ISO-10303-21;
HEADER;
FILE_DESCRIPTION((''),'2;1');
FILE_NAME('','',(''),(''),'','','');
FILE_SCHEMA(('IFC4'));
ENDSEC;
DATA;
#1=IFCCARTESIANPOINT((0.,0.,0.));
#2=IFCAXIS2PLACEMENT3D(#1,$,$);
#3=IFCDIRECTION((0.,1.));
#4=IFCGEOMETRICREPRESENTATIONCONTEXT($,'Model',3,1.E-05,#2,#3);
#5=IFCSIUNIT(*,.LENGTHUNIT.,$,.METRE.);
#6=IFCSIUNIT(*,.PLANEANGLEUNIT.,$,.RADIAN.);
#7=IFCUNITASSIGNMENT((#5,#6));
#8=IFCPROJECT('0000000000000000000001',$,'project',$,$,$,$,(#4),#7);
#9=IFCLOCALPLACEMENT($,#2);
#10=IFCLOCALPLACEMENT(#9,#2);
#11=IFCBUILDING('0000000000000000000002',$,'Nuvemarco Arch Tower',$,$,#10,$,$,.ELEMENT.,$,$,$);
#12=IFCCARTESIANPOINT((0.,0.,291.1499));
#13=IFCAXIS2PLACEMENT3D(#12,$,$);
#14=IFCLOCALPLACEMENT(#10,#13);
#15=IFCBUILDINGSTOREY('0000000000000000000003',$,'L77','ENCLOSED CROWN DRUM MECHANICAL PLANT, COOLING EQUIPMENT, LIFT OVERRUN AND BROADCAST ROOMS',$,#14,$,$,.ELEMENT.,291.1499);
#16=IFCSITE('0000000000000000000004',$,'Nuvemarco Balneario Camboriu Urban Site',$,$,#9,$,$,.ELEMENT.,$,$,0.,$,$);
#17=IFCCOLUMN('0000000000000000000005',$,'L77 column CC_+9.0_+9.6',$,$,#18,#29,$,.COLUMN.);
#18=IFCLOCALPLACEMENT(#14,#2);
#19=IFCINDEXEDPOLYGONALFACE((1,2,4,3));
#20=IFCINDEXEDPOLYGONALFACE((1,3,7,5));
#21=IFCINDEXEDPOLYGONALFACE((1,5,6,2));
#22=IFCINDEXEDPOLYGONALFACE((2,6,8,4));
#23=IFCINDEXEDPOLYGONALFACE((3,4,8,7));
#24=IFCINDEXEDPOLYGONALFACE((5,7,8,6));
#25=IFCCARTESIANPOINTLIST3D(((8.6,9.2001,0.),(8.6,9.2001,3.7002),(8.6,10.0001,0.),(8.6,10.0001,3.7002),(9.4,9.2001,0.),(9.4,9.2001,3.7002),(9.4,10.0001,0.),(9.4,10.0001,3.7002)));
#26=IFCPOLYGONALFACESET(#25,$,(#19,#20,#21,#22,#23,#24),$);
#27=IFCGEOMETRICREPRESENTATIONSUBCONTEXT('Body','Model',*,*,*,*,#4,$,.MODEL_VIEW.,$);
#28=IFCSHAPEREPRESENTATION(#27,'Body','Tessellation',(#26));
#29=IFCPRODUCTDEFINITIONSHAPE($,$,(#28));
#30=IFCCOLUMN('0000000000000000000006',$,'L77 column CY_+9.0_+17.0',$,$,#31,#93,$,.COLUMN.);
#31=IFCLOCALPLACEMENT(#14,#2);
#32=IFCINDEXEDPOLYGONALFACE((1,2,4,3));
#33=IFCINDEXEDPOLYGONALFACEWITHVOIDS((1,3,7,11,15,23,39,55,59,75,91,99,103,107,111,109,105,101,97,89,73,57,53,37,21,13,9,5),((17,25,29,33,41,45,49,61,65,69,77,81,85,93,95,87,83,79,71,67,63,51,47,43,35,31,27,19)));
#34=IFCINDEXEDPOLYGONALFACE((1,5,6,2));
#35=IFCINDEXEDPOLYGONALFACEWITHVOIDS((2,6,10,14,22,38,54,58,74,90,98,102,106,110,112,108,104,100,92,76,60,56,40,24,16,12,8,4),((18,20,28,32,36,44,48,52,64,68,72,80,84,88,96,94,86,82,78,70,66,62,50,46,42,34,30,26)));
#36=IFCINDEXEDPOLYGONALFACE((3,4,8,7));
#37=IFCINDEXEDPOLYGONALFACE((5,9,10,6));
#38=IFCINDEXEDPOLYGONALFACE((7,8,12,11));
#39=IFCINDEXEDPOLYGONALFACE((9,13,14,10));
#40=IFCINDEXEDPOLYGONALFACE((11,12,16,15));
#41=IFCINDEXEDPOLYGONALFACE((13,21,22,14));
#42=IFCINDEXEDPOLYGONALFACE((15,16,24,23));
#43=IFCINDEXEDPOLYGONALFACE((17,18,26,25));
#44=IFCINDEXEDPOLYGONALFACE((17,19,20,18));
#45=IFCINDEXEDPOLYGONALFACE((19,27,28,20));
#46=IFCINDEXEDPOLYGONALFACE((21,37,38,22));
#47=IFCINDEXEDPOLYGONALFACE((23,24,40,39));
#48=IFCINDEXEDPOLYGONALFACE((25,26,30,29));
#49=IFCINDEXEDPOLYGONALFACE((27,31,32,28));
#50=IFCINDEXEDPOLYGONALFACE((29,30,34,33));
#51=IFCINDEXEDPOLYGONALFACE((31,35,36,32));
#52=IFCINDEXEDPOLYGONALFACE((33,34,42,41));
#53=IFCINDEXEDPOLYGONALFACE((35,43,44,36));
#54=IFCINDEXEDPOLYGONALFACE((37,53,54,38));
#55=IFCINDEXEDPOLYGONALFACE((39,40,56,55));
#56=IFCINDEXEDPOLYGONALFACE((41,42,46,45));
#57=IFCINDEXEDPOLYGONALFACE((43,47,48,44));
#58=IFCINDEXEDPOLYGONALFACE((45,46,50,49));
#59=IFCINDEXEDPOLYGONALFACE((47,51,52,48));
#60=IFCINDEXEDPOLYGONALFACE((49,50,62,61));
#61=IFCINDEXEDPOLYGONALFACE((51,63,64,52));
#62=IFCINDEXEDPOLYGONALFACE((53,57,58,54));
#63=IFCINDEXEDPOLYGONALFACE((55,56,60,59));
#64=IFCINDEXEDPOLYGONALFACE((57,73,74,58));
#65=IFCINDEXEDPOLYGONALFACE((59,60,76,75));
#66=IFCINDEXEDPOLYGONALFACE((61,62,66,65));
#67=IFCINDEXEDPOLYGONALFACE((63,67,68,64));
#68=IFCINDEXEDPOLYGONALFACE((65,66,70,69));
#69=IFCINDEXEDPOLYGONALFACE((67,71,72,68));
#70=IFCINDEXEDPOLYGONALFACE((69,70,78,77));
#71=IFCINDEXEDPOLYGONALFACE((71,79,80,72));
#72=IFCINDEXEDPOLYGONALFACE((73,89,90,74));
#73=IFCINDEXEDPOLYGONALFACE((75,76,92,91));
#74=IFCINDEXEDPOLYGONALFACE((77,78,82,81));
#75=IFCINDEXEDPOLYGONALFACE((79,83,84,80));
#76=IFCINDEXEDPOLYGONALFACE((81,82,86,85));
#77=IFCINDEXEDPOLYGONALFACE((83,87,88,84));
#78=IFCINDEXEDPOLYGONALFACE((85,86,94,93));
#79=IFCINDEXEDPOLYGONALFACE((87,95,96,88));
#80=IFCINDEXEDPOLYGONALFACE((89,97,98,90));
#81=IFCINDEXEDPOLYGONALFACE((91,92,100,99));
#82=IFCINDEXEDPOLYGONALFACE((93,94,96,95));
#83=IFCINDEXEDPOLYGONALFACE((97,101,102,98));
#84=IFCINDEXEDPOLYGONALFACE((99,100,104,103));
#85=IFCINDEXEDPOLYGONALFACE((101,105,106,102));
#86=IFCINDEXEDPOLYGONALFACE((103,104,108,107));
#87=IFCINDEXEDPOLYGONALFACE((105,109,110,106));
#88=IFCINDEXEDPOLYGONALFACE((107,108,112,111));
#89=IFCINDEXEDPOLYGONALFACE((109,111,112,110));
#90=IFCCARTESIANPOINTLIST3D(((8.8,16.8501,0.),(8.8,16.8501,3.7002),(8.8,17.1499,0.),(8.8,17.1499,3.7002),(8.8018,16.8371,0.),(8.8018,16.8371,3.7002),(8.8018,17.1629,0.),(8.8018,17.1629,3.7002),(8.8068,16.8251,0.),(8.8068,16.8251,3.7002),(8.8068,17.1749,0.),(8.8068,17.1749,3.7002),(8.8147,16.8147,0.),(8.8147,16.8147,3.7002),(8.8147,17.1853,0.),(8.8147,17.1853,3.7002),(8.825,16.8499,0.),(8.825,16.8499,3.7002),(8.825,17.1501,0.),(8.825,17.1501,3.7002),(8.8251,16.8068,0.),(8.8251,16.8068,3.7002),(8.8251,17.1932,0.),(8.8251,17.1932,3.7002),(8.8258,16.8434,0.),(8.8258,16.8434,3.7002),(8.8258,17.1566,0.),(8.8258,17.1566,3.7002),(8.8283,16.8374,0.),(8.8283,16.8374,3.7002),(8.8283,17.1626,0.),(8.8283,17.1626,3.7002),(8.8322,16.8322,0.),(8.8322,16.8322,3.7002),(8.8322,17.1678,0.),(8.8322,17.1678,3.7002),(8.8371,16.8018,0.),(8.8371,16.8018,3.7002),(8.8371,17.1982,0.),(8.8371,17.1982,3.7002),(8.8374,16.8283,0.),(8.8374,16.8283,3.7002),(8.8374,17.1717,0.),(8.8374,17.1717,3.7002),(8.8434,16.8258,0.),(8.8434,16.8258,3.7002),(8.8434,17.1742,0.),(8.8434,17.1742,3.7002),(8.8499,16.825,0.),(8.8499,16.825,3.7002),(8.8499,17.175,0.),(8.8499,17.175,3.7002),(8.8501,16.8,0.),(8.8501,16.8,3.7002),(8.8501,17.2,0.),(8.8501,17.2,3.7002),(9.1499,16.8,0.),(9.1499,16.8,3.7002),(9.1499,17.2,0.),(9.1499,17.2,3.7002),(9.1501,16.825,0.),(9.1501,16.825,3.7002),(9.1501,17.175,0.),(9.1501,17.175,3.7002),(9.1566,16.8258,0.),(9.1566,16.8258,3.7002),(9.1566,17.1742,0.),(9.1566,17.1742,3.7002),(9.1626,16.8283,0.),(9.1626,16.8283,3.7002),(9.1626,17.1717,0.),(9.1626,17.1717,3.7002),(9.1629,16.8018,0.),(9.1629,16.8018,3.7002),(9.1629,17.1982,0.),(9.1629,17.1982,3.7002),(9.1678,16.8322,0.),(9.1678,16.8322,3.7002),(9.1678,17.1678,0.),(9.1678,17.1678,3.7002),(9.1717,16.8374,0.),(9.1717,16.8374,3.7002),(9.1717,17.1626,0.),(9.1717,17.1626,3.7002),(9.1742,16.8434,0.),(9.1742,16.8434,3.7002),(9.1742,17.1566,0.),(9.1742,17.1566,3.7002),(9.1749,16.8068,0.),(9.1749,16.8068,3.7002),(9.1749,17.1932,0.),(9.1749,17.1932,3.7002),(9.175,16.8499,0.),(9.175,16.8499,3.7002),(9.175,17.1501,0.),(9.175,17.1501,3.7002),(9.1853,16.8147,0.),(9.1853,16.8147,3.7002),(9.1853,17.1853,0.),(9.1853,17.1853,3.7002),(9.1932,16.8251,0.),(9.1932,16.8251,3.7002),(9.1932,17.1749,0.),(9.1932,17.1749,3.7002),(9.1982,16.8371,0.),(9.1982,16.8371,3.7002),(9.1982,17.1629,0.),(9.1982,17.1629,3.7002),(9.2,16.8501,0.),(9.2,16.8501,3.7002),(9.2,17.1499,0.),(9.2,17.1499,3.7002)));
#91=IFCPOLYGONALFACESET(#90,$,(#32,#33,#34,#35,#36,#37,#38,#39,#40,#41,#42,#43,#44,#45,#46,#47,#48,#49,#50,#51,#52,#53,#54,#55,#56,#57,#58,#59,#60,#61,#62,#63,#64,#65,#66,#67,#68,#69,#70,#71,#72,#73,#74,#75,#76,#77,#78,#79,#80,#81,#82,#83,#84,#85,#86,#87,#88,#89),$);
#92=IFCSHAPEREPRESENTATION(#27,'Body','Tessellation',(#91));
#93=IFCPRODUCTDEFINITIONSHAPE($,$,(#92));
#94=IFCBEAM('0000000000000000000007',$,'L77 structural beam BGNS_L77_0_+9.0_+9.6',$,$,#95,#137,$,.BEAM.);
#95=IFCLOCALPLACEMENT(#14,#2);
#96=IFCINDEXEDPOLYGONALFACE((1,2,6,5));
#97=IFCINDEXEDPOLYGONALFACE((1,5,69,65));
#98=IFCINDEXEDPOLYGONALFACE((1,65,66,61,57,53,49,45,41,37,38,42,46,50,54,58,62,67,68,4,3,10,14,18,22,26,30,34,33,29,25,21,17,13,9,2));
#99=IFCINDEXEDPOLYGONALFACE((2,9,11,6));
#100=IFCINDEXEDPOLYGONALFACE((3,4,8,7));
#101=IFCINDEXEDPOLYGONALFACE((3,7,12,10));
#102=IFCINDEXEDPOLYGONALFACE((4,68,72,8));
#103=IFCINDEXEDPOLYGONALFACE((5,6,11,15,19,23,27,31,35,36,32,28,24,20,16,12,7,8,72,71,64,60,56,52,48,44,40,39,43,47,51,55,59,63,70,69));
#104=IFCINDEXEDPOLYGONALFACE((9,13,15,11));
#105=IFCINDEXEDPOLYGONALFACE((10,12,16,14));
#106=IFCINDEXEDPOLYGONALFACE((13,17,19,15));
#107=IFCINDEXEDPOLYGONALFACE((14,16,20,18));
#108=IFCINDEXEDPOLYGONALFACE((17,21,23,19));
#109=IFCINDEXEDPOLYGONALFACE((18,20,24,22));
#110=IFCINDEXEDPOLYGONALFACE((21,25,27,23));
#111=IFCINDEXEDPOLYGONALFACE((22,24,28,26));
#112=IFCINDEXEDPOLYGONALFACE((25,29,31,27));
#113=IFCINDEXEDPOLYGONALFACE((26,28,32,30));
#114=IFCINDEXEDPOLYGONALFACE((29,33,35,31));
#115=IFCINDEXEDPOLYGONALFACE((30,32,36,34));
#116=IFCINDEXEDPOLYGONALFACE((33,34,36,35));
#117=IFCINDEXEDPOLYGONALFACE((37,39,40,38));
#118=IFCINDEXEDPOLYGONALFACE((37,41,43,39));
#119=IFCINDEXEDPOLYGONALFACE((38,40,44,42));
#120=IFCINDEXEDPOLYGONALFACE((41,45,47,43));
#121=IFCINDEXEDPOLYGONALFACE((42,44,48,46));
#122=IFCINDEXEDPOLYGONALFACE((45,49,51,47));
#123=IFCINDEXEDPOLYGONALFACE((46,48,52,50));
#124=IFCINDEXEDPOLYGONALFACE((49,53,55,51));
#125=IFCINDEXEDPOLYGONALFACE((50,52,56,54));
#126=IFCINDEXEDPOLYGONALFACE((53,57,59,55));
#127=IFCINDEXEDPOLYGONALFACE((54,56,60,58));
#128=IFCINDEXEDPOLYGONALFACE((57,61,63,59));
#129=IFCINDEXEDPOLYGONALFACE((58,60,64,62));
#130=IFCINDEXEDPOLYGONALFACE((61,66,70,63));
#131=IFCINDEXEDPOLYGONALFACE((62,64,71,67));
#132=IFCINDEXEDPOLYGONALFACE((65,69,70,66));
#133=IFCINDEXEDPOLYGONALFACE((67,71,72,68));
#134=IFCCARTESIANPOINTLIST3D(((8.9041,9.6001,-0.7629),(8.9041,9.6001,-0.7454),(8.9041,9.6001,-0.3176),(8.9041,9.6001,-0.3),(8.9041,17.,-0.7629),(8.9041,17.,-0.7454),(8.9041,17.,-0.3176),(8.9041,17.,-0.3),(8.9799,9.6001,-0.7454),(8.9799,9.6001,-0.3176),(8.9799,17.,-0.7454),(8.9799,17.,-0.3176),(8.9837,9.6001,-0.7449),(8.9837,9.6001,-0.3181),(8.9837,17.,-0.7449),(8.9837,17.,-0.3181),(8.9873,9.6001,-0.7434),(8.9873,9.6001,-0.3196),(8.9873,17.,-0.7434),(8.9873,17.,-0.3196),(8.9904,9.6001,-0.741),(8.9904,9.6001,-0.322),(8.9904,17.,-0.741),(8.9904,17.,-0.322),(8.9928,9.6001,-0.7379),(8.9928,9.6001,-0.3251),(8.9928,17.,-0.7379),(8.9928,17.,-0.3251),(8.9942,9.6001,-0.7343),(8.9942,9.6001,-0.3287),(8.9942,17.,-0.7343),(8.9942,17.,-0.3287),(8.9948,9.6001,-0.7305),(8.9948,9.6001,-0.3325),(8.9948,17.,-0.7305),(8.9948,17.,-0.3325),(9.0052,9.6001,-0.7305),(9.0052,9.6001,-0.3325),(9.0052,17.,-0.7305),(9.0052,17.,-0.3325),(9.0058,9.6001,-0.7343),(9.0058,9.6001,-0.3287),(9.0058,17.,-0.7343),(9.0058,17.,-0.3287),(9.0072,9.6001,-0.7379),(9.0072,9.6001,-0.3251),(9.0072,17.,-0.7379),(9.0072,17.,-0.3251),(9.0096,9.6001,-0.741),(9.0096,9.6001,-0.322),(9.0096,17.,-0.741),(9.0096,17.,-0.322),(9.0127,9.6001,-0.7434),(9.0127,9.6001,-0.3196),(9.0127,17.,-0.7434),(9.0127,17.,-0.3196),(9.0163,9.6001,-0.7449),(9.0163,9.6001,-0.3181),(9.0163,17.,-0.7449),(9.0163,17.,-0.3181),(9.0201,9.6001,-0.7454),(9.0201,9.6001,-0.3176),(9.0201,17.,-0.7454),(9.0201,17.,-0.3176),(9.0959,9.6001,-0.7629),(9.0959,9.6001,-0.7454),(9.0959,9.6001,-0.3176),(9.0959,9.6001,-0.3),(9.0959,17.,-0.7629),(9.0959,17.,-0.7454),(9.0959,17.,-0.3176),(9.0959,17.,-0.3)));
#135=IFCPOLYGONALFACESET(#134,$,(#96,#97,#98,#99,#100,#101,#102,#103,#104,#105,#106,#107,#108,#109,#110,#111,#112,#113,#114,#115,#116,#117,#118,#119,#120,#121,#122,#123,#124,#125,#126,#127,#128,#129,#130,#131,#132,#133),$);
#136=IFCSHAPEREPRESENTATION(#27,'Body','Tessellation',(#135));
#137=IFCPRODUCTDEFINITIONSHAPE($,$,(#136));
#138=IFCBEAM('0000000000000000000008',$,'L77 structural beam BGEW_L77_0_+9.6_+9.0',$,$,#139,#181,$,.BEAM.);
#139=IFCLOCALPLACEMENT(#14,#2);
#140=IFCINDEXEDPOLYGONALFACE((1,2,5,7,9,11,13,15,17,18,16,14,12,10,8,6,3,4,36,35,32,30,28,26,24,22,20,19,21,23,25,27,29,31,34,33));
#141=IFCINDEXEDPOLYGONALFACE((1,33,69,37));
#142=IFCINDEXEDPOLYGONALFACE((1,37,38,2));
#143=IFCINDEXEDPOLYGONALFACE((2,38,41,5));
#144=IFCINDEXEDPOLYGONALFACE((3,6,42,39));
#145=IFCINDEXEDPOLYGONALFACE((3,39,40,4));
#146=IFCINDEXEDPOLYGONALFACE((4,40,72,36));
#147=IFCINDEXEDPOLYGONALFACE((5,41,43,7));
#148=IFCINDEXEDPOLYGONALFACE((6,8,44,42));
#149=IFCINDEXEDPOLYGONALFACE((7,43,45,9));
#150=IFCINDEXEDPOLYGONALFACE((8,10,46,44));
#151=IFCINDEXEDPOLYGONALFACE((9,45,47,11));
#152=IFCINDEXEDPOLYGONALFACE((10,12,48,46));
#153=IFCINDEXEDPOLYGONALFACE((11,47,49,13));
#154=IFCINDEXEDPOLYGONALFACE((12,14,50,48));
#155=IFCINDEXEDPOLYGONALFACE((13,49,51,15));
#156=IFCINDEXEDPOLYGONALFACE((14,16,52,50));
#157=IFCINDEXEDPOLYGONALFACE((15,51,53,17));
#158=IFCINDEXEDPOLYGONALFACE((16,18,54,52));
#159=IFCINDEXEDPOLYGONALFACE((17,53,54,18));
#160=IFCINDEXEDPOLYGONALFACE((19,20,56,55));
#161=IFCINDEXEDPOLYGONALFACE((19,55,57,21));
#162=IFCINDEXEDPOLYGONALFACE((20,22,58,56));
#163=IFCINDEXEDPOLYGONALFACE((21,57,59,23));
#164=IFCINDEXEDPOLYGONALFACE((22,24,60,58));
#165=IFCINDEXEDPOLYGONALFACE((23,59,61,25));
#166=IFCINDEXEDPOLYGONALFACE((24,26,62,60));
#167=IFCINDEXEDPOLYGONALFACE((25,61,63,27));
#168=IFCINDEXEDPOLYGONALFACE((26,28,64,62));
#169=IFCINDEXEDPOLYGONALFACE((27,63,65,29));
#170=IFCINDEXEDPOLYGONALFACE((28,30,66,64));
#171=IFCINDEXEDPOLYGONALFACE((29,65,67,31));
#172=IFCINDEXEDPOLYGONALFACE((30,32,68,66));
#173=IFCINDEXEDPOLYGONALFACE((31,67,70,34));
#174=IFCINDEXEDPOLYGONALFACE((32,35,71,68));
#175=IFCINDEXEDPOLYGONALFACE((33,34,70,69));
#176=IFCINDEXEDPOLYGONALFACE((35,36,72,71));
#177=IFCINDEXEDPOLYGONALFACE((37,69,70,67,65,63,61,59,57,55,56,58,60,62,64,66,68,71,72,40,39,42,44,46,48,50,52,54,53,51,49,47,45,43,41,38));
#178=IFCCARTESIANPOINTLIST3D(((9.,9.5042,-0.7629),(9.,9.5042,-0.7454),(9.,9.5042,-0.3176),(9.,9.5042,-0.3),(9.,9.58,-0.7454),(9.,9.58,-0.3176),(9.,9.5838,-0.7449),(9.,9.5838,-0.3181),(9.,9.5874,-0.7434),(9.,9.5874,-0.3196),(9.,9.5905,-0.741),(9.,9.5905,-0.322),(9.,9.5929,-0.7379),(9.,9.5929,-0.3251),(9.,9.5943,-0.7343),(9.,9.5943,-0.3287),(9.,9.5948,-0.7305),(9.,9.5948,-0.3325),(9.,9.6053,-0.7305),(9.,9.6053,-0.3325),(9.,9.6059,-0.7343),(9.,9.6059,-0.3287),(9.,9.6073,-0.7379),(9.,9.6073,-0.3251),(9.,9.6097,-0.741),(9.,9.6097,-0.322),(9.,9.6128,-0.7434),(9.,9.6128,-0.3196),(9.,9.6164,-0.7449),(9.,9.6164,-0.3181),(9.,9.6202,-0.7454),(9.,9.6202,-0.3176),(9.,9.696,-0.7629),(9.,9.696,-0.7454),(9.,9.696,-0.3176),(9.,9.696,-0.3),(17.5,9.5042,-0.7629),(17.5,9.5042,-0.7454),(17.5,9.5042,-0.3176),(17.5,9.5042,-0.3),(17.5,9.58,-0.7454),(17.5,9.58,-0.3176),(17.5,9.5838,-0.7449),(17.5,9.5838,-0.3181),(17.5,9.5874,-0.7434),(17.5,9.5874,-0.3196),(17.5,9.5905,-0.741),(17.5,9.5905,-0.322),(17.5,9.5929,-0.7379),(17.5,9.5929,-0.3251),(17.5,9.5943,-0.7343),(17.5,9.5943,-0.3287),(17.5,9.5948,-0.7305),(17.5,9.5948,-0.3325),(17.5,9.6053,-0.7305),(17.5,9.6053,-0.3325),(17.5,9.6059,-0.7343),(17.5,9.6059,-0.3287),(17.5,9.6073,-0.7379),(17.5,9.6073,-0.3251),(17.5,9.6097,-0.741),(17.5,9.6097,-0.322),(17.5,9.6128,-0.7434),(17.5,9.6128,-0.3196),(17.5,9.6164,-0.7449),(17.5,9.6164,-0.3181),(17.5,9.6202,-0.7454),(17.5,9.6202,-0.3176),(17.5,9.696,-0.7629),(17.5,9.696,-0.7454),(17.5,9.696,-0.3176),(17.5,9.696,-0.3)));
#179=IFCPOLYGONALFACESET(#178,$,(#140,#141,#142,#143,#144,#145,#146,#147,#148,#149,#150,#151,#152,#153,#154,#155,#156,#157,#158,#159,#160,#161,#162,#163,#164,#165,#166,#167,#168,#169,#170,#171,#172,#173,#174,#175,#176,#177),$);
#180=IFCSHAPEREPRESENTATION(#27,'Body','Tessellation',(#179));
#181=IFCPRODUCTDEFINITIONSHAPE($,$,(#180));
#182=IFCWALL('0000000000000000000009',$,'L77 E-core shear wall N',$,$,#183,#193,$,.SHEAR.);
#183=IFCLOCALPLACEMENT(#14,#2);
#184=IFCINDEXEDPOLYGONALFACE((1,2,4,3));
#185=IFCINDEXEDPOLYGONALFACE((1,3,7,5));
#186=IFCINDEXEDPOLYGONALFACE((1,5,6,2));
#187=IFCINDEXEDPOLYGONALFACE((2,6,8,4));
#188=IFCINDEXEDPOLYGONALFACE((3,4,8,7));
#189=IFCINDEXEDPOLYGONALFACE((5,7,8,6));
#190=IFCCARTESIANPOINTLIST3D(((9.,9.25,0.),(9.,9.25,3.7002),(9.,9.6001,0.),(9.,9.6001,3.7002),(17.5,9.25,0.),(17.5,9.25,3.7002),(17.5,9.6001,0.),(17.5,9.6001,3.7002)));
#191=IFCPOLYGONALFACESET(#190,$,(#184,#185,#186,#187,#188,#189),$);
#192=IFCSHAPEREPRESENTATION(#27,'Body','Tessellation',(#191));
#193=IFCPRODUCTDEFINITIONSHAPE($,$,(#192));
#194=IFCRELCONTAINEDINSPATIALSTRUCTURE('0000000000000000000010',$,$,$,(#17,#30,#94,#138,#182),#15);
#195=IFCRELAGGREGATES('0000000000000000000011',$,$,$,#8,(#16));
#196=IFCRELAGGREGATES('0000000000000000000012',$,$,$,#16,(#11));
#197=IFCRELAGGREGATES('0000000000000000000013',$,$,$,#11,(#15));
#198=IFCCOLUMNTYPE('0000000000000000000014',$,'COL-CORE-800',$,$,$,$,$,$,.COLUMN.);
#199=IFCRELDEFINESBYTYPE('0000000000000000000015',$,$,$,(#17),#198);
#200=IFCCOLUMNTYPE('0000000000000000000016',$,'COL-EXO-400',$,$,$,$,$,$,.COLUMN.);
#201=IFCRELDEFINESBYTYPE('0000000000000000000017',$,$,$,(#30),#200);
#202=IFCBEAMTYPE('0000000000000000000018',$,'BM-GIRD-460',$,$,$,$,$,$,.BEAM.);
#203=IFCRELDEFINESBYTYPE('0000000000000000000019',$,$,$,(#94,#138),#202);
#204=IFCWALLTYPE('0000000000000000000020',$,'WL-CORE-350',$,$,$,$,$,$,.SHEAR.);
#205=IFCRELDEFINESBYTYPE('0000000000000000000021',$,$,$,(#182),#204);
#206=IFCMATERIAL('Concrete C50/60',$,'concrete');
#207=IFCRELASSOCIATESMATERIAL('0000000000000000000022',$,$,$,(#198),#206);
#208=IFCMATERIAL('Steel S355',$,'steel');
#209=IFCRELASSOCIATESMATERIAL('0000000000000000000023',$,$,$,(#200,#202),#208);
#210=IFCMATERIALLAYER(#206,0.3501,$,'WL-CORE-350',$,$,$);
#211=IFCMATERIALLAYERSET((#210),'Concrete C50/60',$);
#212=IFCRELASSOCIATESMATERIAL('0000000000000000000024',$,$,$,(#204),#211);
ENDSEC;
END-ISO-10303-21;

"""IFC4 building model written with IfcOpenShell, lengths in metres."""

from ifc_helpers import new_model, si_unit, direction, frame, frame_2d, origin, origin_2d, place, context, subcontext, project, spatial, rectangle, hollow_rectangle, i_section, extrude, material, layer, layer_set, material_profile, profile_set, type_object, element, save


model = new_model("IFC4")

# Units and contexts
model_context = context("Model", 3, precision=1e-05, world=origin(), true_north=direction((0.0, 1.0)))
body_context = subcontext(model_context, "Body", "Model", "MODEL_VIEW")
ifc_project = project(units=[si_unit("LENGTHUNIT", "METRE"), si_unit("PLANEANGLEUNIT", "RADIAN")], contexts=[model_context])

# Site, building, storey
site_placement = place(None, origin())
site = spatial("IfcSite", under=ifc_project, at=site_placement, Name="Nuvemarco Balneario Camboriu Urban Site", CompositionType="ELEMENT", RefElevation=0.0)
building_placement = place(site_placement, origin())
building = spatial("IfcBuilding", under=site, at=building_placement, Name="Nuvemarco Arch Tower", CompositionType="ELEMENT")
storey_placement = place(building_placement, frame((0.0, 0.0, 291.1499)))
storey = spatial("IfcBuildingStorey", under=building, at=storey_placement, Name="L77", Description="ENCLOSED CROWN DRUM MECHANICAL PLANT, COOLING EQUIPMENT, LIFT OVERRUN AND BROADCAST ROOMS", CompositionType="ELEMENT", Elevation=291.1499)

# Columns
ifc_material_1 = material(Name="Concrete C50/60", Category="concrete")
ifc_material_profile_1 = material_profile(ifc_material_1, rectangle(XDim=0.8, YDim=0.8, at=origin_2d()), Name="RC-COL-800x800")
ifc_profile_set_1 = profile_set([ifc_material_profile_1], Name="Concrete C50/60")
column_type_1 = type_object("IfcColumnType", Name="COL-CORE-800", PredefinedType="COLUMN", material=ifc_profile_set_1)
column_1_placement = place(storey_placement, frame((9.0, 9.6001, 0.0), z_axis=(0.0, 0.0, 1.0), x_axis=(1.0, 0.0, 0.0)))
element("IfcColumn", 1, at=column_1_placement, inside=storey, type_object=column_type_1, Name="L77 column CC_+9.0_+9.6", PredefinedType="COLUMN", context=body_context, shape_type="SweptSolid", body=[
    extrude(rectangle(XDim=0.8, YDim=0.8, at=origin_2d()), origin(), (0.0, 0.0, 1.0), 3.7002),
])
ifc_material_2 = material(Name="Steel S355", Category="steel")
ifc_material_profile_2 = material_profile(ifc_material_2, hollow_rectangle(XDim=0.3999, YDim=0.3999, WallThickness=0.0249, InnerFilletRadius=0.0249, OuterFilletRadius=0.05, at=origin_2d()), Name="SHS400x400x25")
ifc_profile_set_2 = profile_set([ifc_material_profile_2], Name="Steel S355")
column_type_2 = type_object("IfcColumnType", Name="COL-EXO-400", PredefinedType="COLUMN", material=ifc_profile_set_2)
column_2_placement = place(storey_placement, frame((9.0, 17.0, 0.0), z_axis=(0.0, 0.0, 1.0), x_axis=(1.0, 0.0, 0.0)))
element("IfcColumn", 2, at=column_2_placement, inside=storey, type_object=column_type_2, Name="L77 column CY_+9.0_+17.0", PredefinedType="COLUMN", context=body_context, shape_type="SweptSolid", body=[
    extrude(hollow_rectangle(XDim=0.3999, YDim=0.3999, WallThickness=0.0249, InnerFilletRadius=0.0249, OuterFilletRadius=0.05, at=origin_2d()), origin(), (0.0, 0.0, 1.0), 3.7002),
])

# Beams
ifc_material_profile_3 = material_profile(ifc_material_2, i_section(OverallWidth=0.1919, OverallDepth=0.4629, WebThickness=0.0105, FlangeThickness=0.0176, FilletRadius=0.0149, at=origin_2d()), Name="W460x89")
ifc_profile_set_3 = profile_set([ifc_material_profile_3], Name="Steel S355")
beam_type = type_object("IfcBeamType", Name="BM-GIRD-460", PredefinedType="BEAM", material=ifc_profile_set_3)
beam_1_placement = place(storey_placement, frame((9.0, 9.6001, -0.5315), z_axis=(0.0, 1.0, 0.0), x_axis=(-1.0, 0.0, 0.0)))
element("IfcBeam", 3, at=beam_1_placement, inside=storey, type_object=beam_type, Name="L77 structural beam BGNS_L77_0_+9.0_+9.6", PredefinedType="BEAM", context=body_context, shape_type="SweptSolid", body=[
    extrude(i_section(OverallWidth=0.1919, OverallDepth=0.4629, WebThickness=0.0105, FlangeThickness=0.0176, FilletRadius=0.0149, at=origin_2d()), origin(), (0.0, 0.0, 1.0), 7.3999),
])
beam_2_placement = place(storey_placement, frame((9.0, 9.6001, -0.5315), z_axis=(1.0, 0.0, 0.0), x_axis=(0.0, 1.0, 0.0)))
element("IfcBeam", 4, at=beam_2_placement, inside=storey, type_object=beam_type, Name="L77 structural beam BGEW_L77_0_+9.6_+9.0", PredefinedType="BEAM", context=body_context, shape_type="SweptSolid", body=[
    extrude(i_section(OverallWidth=0.1919, OverallDepth=0.4629, WebThickness=0.0105, FlangeThickness=0.0176, FilletRadius=0.0149, at=origin_2d()), origin(), (0.0, 0.0, 1.0), 8.5),
])

# Wall
ifc_layer_1 = layer(ifc_material_1, 0.3501, Name="WL-CORE-350")
ifc_layer_set_1 = layer_set([ifc_layer_1], Name="Concrete C50/60")
wall_type_1 = type_object("IfcWallType", Name="WL-CORE-350", PredefinedType="SHEAR", material=ifc_layer_set_1)
wall_1_placement = place(storey_placement, frame((9.0, 9.425, 0.0), z_axis=(0.0, 0.0, 1.0), x_axis=(1.0, 0.0, 0.0)))
element("IfcWall", 5, at=wall_1_placement, inside=storey, type_object=wall_type_1, Name="L77 E-core shear wall N", PredefinedType="SHEAR", context=body_context, shape_type="SweptSolid", body=[
    extrude(rectangle(XDim=8.5, YDim=0.3501, at=frame_2d((4.25, 0.0))), origin(), (0.0, 0.0, 1.0), 3.7002),
])

save(model, "model.ifc")
